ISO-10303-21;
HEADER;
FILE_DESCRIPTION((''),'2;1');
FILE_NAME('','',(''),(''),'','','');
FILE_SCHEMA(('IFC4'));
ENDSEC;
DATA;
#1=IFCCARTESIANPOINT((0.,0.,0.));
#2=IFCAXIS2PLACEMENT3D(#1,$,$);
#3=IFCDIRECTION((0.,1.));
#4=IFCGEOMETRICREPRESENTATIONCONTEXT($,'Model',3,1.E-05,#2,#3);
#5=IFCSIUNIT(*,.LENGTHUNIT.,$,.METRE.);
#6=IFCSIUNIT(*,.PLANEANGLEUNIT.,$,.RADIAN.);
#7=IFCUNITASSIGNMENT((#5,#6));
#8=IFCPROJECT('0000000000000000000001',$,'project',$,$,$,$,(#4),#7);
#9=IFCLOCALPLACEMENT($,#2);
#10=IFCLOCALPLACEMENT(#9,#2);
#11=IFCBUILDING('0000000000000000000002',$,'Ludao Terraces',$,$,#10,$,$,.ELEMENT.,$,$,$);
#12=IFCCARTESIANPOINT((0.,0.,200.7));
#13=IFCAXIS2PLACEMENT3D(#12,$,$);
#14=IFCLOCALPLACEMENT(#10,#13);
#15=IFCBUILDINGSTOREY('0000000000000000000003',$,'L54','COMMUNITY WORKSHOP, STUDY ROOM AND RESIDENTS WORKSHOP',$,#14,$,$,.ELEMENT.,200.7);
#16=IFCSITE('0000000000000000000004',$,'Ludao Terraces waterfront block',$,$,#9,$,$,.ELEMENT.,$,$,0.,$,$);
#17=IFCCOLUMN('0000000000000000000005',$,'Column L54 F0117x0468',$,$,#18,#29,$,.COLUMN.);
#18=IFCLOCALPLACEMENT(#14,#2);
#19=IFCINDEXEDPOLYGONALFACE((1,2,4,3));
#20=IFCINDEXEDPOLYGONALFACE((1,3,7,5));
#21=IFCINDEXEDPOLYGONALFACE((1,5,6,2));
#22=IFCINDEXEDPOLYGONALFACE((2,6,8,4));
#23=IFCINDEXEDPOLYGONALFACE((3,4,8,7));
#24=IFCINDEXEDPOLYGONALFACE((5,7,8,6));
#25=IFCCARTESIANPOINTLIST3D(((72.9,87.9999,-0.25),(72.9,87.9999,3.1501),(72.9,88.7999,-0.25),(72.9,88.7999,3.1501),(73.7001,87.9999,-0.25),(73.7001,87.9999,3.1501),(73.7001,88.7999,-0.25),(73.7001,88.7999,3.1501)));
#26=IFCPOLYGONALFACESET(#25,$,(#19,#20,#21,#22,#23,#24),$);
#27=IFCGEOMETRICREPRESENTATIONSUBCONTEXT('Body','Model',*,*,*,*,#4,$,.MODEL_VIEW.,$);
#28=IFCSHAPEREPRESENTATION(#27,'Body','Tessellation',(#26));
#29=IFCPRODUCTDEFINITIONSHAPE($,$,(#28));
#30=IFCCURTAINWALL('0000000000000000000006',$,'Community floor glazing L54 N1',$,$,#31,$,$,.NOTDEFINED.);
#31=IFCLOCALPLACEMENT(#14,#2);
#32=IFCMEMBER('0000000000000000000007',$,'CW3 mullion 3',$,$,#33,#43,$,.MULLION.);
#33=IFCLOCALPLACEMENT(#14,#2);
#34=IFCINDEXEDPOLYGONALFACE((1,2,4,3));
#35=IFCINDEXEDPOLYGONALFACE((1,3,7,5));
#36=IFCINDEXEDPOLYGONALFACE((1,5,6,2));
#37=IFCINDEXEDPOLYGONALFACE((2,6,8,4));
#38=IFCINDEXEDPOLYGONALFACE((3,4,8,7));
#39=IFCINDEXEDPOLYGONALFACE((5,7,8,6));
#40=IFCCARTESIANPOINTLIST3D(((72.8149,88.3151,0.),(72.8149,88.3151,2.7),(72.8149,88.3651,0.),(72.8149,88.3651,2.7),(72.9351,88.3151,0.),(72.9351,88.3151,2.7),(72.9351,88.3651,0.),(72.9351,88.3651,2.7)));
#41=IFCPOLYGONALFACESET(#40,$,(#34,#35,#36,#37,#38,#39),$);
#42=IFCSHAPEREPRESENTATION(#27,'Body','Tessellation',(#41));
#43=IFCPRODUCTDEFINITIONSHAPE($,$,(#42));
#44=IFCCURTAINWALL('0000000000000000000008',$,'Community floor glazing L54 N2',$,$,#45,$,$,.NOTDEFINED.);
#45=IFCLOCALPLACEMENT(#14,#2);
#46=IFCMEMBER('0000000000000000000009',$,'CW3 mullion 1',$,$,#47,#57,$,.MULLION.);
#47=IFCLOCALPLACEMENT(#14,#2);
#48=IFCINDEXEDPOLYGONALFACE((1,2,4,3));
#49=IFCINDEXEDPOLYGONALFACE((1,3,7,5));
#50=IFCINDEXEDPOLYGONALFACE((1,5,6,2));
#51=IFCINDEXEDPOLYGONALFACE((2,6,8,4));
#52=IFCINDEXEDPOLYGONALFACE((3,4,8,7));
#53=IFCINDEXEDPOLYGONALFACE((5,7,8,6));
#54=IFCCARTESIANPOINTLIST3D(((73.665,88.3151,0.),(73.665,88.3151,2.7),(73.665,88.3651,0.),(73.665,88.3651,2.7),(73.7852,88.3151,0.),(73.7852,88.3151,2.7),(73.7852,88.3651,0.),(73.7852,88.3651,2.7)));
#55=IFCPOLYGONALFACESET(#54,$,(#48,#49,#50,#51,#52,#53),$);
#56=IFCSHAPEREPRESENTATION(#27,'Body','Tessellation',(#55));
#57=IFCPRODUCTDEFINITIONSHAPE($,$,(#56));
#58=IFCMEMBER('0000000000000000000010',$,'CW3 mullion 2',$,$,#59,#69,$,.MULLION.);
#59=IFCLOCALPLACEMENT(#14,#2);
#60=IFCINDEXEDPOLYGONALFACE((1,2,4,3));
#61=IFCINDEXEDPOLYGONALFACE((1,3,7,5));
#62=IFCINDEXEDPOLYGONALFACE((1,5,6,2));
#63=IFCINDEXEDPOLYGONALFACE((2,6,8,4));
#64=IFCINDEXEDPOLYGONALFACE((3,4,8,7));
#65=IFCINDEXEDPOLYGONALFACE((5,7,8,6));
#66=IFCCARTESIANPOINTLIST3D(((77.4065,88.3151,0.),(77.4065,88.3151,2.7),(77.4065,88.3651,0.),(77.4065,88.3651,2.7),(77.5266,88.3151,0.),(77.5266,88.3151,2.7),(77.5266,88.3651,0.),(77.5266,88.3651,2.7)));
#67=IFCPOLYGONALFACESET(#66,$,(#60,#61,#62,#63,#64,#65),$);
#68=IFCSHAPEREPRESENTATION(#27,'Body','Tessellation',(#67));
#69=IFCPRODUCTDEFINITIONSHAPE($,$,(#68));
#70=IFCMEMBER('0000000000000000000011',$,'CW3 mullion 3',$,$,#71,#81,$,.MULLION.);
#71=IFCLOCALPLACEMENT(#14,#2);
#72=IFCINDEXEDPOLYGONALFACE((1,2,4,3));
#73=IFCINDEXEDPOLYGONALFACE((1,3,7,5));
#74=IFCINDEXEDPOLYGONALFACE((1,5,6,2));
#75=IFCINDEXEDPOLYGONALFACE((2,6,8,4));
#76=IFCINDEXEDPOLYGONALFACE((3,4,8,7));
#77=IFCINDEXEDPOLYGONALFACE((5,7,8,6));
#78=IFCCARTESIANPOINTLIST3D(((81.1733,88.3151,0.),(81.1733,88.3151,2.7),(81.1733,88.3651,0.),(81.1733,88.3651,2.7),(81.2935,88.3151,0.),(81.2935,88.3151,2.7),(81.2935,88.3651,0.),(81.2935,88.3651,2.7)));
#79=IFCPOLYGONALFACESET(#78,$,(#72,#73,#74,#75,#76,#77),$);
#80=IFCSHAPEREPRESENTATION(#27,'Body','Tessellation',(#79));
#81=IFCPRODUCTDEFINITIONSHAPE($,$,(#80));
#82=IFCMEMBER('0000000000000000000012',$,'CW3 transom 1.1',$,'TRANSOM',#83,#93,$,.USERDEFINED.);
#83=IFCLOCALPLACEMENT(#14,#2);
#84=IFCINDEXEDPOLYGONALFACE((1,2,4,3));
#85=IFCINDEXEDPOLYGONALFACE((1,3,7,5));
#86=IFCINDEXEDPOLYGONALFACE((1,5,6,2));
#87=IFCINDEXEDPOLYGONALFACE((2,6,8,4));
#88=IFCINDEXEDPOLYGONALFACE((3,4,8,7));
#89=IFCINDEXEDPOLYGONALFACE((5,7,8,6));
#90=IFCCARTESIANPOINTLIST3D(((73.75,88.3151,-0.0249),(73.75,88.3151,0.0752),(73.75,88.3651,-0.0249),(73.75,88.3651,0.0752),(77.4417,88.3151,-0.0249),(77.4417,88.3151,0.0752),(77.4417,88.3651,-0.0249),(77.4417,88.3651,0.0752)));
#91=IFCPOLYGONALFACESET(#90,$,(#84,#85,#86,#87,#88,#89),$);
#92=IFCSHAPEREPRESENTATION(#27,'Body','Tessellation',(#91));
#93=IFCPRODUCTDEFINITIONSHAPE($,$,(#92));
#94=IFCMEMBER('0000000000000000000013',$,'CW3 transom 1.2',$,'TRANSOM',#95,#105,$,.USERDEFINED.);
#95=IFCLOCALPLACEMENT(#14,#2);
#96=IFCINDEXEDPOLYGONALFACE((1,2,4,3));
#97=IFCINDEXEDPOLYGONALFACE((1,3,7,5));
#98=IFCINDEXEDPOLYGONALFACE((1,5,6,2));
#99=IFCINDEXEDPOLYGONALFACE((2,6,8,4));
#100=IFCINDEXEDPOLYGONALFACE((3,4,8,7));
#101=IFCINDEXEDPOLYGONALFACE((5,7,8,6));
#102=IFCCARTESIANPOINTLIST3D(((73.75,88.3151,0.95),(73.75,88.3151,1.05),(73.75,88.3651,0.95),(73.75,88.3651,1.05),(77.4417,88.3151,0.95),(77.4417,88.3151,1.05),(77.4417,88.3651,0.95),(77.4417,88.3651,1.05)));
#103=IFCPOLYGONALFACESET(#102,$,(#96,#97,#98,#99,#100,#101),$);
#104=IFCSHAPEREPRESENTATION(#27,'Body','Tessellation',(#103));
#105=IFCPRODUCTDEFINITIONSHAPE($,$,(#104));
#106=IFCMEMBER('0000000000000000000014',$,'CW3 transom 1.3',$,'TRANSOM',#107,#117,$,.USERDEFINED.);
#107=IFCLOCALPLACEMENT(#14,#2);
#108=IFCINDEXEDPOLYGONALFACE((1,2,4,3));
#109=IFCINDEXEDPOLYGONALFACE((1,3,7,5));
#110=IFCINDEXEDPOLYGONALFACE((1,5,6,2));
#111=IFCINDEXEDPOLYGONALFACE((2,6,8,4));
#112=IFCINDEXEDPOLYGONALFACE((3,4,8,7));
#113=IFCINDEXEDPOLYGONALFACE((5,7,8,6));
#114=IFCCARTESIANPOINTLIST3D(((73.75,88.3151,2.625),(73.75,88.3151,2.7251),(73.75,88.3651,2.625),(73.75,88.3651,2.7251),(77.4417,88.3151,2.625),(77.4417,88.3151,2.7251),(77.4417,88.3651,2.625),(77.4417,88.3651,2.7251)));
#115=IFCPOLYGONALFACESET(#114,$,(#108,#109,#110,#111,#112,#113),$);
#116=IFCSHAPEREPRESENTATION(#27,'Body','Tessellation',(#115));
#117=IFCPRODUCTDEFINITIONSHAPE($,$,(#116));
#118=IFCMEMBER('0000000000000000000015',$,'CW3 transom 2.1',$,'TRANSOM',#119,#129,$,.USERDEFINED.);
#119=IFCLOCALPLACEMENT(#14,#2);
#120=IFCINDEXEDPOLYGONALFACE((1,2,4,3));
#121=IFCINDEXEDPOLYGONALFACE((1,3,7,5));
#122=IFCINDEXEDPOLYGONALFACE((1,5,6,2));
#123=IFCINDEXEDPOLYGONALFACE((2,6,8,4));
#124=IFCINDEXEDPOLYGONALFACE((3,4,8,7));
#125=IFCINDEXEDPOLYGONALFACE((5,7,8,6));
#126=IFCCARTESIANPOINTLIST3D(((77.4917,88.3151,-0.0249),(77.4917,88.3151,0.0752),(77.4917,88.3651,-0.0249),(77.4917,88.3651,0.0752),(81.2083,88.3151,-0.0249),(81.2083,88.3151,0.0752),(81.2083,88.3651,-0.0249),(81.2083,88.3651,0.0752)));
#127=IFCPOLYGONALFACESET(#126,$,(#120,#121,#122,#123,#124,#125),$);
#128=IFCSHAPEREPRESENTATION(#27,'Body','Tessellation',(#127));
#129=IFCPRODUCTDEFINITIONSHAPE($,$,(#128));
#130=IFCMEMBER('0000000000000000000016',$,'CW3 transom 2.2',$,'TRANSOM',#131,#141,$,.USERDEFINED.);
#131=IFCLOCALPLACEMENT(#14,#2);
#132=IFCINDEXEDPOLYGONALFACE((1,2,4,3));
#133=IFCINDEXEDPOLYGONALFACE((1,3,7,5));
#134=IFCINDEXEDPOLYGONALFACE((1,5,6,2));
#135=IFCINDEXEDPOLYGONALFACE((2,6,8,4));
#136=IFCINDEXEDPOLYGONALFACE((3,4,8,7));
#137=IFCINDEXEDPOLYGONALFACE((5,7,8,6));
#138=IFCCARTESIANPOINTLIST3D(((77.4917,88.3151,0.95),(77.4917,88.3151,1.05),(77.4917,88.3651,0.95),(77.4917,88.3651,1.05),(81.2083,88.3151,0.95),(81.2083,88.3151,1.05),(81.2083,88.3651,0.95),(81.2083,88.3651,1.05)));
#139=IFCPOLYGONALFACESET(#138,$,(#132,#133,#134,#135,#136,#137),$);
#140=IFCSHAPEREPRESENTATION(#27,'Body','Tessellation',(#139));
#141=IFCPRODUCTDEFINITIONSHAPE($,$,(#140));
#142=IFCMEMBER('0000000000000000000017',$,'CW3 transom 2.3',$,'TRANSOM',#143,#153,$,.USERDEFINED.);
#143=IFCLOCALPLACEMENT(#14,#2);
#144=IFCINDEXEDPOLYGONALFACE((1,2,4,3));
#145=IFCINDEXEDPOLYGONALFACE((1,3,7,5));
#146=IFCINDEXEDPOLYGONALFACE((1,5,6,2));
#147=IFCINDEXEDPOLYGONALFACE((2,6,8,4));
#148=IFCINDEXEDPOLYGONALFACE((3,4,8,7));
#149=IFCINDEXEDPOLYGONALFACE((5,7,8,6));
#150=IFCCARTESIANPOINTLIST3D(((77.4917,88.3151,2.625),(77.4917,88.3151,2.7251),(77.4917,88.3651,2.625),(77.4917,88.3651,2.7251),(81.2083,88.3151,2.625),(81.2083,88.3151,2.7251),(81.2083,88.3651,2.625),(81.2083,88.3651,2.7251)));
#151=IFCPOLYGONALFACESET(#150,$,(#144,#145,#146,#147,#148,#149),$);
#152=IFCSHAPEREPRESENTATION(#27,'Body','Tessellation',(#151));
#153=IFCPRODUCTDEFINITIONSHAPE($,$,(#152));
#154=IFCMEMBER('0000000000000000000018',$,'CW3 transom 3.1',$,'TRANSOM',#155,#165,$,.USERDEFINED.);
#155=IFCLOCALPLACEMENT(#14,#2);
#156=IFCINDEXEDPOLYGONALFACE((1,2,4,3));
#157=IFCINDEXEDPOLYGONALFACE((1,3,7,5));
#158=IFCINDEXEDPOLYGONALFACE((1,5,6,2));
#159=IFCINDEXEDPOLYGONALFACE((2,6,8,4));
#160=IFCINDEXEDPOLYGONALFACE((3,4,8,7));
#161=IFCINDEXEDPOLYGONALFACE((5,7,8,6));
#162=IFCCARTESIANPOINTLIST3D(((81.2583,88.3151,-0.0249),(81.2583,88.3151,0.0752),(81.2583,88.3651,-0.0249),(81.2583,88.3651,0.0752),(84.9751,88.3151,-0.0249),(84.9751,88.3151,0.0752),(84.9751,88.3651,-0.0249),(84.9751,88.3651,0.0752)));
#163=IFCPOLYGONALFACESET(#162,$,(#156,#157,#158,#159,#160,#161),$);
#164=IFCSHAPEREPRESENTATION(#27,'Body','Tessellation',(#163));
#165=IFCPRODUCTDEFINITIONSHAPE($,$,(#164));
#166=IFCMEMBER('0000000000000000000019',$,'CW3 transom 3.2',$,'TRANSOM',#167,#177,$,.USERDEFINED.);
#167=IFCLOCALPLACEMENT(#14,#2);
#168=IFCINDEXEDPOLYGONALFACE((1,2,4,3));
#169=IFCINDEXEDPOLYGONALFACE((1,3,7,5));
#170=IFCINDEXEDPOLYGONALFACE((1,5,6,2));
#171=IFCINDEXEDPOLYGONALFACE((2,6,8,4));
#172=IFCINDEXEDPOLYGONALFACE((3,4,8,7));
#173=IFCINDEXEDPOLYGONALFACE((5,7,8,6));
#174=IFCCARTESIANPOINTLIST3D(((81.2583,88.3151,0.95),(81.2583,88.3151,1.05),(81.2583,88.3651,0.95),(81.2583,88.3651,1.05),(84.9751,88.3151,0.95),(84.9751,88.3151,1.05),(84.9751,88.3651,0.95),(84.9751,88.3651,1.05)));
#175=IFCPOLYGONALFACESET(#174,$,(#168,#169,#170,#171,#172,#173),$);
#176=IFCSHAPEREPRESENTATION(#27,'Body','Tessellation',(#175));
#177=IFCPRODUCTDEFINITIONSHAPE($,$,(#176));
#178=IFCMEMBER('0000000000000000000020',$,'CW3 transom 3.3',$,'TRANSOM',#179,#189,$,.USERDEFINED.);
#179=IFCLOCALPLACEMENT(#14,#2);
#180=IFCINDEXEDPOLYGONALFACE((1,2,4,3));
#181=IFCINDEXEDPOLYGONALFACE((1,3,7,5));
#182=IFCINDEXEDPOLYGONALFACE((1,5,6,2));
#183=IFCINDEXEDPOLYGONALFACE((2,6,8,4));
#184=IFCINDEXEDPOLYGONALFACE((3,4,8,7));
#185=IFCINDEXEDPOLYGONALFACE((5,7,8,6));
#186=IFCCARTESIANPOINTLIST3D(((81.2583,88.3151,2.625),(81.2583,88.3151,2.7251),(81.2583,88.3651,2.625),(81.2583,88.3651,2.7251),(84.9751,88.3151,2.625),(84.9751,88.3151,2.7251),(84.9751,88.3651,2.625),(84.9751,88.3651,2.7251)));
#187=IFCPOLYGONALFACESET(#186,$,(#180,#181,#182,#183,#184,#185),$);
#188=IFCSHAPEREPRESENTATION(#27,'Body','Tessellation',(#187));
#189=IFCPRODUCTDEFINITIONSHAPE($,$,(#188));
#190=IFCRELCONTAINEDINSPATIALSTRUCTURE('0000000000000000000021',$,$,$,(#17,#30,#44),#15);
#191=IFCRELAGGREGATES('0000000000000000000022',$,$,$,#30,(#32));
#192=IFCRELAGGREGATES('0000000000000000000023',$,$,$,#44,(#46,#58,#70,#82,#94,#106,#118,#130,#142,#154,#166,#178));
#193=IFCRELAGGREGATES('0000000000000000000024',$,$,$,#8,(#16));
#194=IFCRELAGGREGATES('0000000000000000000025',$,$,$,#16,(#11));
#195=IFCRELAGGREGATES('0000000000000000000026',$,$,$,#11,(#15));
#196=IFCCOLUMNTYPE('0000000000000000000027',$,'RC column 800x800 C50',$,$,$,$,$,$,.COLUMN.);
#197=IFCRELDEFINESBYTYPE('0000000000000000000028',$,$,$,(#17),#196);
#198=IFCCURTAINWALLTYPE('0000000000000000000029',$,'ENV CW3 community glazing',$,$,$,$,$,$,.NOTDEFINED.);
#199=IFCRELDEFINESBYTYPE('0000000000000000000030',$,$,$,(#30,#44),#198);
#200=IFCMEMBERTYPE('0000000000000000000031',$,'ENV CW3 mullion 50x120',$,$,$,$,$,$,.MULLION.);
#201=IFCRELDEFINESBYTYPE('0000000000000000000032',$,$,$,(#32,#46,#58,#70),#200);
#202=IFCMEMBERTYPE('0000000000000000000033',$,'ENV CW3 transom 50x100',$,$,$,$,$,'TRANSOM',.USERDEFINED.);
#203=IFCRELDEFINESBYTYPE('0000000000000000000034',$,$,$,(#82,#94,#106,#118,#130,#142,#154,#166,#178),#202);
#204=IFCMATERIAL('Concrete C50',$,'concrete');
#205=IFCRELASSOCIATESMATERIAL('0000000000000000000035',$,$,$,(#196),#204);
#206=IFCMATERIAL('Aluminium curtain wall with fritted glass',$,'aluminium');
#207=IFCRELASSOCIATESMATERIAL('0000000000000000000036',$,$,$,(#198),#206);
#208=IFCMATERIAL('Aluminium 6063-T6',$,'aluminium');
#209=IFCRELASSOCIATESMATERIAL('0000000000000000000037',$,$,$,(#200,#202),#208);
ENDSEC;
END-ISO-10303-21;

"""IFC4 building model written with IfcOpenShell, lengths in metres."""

from ifc_helpers import new_model, si_unit, direction, frame, origin, origin_2d, place, context, subcontext, project, spatial, rectangle, extrude, material, material_profile, profile_set, type_object, element, aggregate, save


model = new_model("IFC4")

# Units and contexts
model_context = context("Model", 3, precision=1e-05, world=origin(), true_north=direction((0.0, 1.0)))
body_context = subcontext(model_context, "Body", "Model", "MODEL_VIEW")
ifc_project = project(units=[si_unit("LENGTHUNIT", "METRE"), si_unit("PLANEANGLEUNIT", "RADIAN")], contexts=[model_context])

# Site, building, storey
site_placement = place(None, origin())
site = spatial("IfcSite", under=ifc_project, at=site_placement, Name="Ludao Terraces waterfront block", CompositionType="ELEMENT", RefElevation=0.0)
building_placement = place(site_placement, origin())
building = spatial("IfcBuilding", under=site, at=building_placement, Name="Ludao Terraces", CompositionType="ELEMENT")
storey_placement = place(building_placement, frame((0.0, 0.0, 200.7)))
storey = spatial("IfcBuildingStorey", under=building, at=storey_placement, Name="L54", Description="COMMUNITY WORKSHOP, STUDY ROOM AND RESIDENTS WORKSHOP", CompositionType="ELEMENT", Elevation=200.7)

# Column
ifc_material_1 = material(Name="Concrete C50", Category="concrete")
ifc_material_profile_1 = material_profile(ifc_material_1, rectangle(XDim=0.8, YDim=0.8, at=origin_2d()), Name="800 X 800")
ifc_profile_set_1 = profile_set([ifc_material_profile_1], Name="Concrete C50")
column_type = type_object("IfcColumnType", Name="RC column 800x800 C50", PredefinedType="COLUMN", material=ifc_profile_set_1)
column_placement = place(storey_placement, frame((73.3, 88.3999, -0.25), z_axis=(0.0, 0.0, 1.0), x_axis=(1.0, 0.0, 0.0)))
element("IfcColumn", 1, at=column_placement, inside=storey, type_object=column_type, Name="Column L54 F0117x0468", PredefinedType="COLUMN", context=body_context, shape_type="SweptSolid", body=[
    extrude(rectangle(XDim=0.8, YDim=0.8, at=origin_2d()), origin(), (0.0, 0.0, 1.0), 3.4001),
])

# Curtain wall, member
ifc_material_2 = material(Name="Aluminium curtain wall with fritted glass", Category="aluminium")
curtain_wall_type = type_object("IfcCurtainWallType", Name="ENV CW3 community glazing", PredefinedType="NOTDEFINED", material=ifc_material_2)
curtain_wall_1_placement = place(storey_placement, origin())
curtain_wall_1 = element("IfcCurtainWall", 2, at=curtain_wall_1_placement, inside=storey, type_object=curtain_wall_type, Name="Community floor glazing L54 N1", PredefinedType="NOTDEFINED")
ifc_material_3 = material(Name="Aluminium 6063-T6", Category="aluminium")
ifc_material_profile_2 = material_profile(ifc_material_3, rectangle(XDim=0.05, YDim=0.1201, at=origin_2d()), Name="50 X 120")
ifc_profile_set_2 = profile_set([ifc_material_profile_2], Name="Aluminium 6063-T6")
member_type_1 = type_object("IfcMemberType", Name="ENV CW3 mullion 50x120", PredefinedType="MULLION", material=ifc_profile_set_2)
member_1_placement = place(storey_placement, frame((72.875, 88.3401, 0.0), z_axis=(0.0, 0.0, 1.0), x_axis=(0.0, 1.0, 0.0)))
member_1 = element("IfcMember", 3, at=member_1_placement, type_object=member_type_1, Name="CW3 mullion 3", PredefinedType="MULLION", context=body_context, shape_type="SweptSolid", body=[
    extrude(rectangle(XDim=0.05, YDim=0.1201, at=origin_2d()), origin(), (0.0, 0.0, 1.0), 2.7),
])
aggregate(curtain_wall_1, [member_1])

# Curtain wall, members
curtain_wall_2_placement = place(storey_placement, origin())
curtain_wall_2 = element("IfcCurtainWall", 4, at=curtain_wall_2_placement, inside=storey, type_object=curtain_wall_type, Name="Community floor glazing L54 N2", PredefinedType="NOTDEFINED")
member_2_placement = place(storey_placement, frame((73.7251, 88.3401, 0.0), z_axis=(0.0, 0.0, 1.0), x_axis=(0.0, 1.0, 0.0)))
member_2 = element("IfcMember", 5, at=member_2_placement, type_object=member_type_1, Name="CW3 mullion 1", PredefinedType="MULLION", context=body_context, shape_type="SweptSolid", body=[
    extrude(rectangle(XDim=0.05, YDim=0.1201, at=origin_2d()), origin(), (0.0, 0.0, 1.0), 2.7),
])
member_3_placement = place(storey_placement, frame((77.4666, 88.3401, 0.0), z_axis=(0.0, 0.0, 1.0), x_axis=(0.0, 1.0, 0.0)))
member_3 = element("IfcMember", 6, at=member_3_placement, type_object=member_type_1, Name="CW3 mullion 2", PredefinedType="MULLION", context=body_context, shape_type="SweptSolid", body=[
    extrude(rectangle(XDim=0.05, YDim=0.1201, at=origin_2d()), origin(), (0.0, 0.0, 1.0), 2.7),
])
member_4_placement = place(storey_placement, frame((81.2334, 88.3401, 0.0), z_axis=(0.0, 0.0, 1.0), x_axis=(0.0, 1.0, 0.0)))
member_4 = element("IfcMember", 7, at=member_4_placement, type_object=member_type_1, Name="CW3 mullion 3", PredefinedType="MULLION", context=body_context, shape_type="SweptSolid", body=[
    extrude(rectangle(XDim=0.05, YDim=0.1201, at=origin_2d()), origin(), (0.0, 0.0, 1.0), 2.7),
])
ifc_material_profile_3 = material_profile(ifc_material_3, rectangle(XDim=0.05, YDim=0.1001, at=origin_2d()), Name="50 X 100")
ifc_profile_set_3 = profile_set([ifc_material_profile_3], Name="Aluminium 6063-T6")
member_type_2 = type_object("IfcMemberType", Name="ENV CW3 transom 50x100", ElementType="TRANSOM", PredefinedType="USERDEFINED", material=ifc_profile_set_3)
member_5_placement = place(storey_placement, frame((73.75, 88.3401, 0.0251), z_axis=(1.0, 0.0, 0.0), x_axis=(0.0, 1.0, 0.0)))
member_5 = element("IfcMember", 8, at=member_5_placement, type_object=member_type_2, Name="CW3 transom 1.1", ObjectType="TRANSOM", PredefinedType="USERDEFINED", context=body_context, shape_type="SweptSolid", body=[
    extrude(rectangle(XDim=0.05, YDim=0.1001, at=origin_2d()), origin(), (0.0, 0.0, 1.0), 3.6917),
])
member_6_placement = place(storey_placement, frame((73.75, 88.3401, 1.0), z_axis=(1.0, 0.0, 0.0), x_axis=(0.0, 1.0, 0.0)))
member_6 = element("IfcMember", 9, at=member_6_placement, type_object=member_type_2, Name="CW3 transom 1.2", ObjectType="TRANSOM", PredefinedType="USERDEFINED", context=body_context, shape_type="SweptSolid", body=[
    extrude(rectangle(XDim=0.05, YDim=0.1001, at=origin_2d()), origin(), (0.0, 0.0, 1.0), 3.6917),
])
member_7_placement = place(storey_placement, frame((73.75, 88.3401, 2.675), z_axis=(1.0, 0.0, 0.0), x_axis=(0.0, 1.0, 0.0)))
member_7 = element("IfcMember", 10, at=member_7_placement, type_object=member_type_2, Name="CW3 transom 1.3", ObjectType="TRANSOM", PredefinedType="USERDEFINED", context=body_context, shape_type="SweptSolid", body=[
    extrude(rectangle(XDim=0.05, YDim=0.1001, at=origin_2d()), origin(), (0.0, 0.0, 1.0), 3.6917),
])
member_8_placement = place(storey_placement, frame((77.4917, 88.3401, 0.0251), z_axis=(1.0, 0.0, 0.0), x_axis=(0.0, 1.0, 0.0)))
member_8 = element("IfcMember", 11, at=member_8_placement, type_object=member_type_2, Name="CW3 transom 2.1", ObjectType="TRANSOM", PredefinedType="USERDEFINED", context=body_context, shape_type="SweptSolid", body=[
    extrude(rectangle(XDim=0.05, YDim=0.1001, at=origin_2d()), origin(), (0.0, 0.0, 1.0), 3.7166),
])
member_9_placement = place(storey_placement, frame((77.4917, 88.3401, 1.0), z_axis=(1.0, 0.0, 0.0), x_axis=(0.0, 1.0, 0.0)))
member_9 = element("IfcMember", 12, at=member_9_placement, type_object=member_type_2, Name="CW3 transom 2.2", ObjectType="TRANSOM", PredefinedType="USERDEFINED", context=body_context, shape_type="SweptSolid", body=[
    extrude(rectangle(XDim=0.05, YDim=0.1001, at=origin_2d()), origin(), (0.0, 0.0, 1.0), 3.7166),
])
member_10_placement = place(storey_placement, frame((77.4917, 88.3401, 2.675), z_axis=(1.0, 0.0, 0.0), x_axis=(0.0, 1.0, 0.0)))
member_10 = element("IfcMember", 13, at=member_10_placement, type_object=member_type_2, Name="CW3 transom 2.3", ObjectType="TRANSOM", PredefinedType="USERDEFINED", context=body_context, shape_type="SweptSolid", body=[
    extrude(rectangle(XDim=0.05, YDim=0.1001, at=origin_2d()), origin(), (0.0, 0.0, 1.0), 3.7166),
])
member_11_placement = place(storey_placement, frame((81.2583, 88.3401, 0.0251), z_axis=(1.0, 0.0, 0.0), x_axis=(0.0, 1.0, 0.0)))
member_11 = element("IfcMember", 14, at=member_11_placement, type_object=member_type_2, Name="CW3 transom 3.1", ObjectType="TRANSOM", PredefinedType="USERDEFINED", context=body_context, shape_type="SweptSolid", body=[
    extrude(rectangle(XDim=0.05, YDim=0.1001, at=origin_2d()), origin(), (0.0, 0.0, 1.0), 3.7168),
])
member_12_placement = place(storey_placement, frame((81.2583, 88.3401, 1.0), z_axis=(1.0, 0.0, 0.0), x_axis=(0.0, 1.0, 0.0)))
member_12 = element("IfcMember", 15, at=member_12_placement, type_object=member_type_2, Name="CW3 transom 3.2", ObjectType="TRANSOM", PredefinedType="USERDEFINED", context=body_context, shape_type="SweptSolid", body=[
    extrude(rectangle(XDim=0.05, YDim=0.1001, at=origin_2d()), origin(), (0.0, 0.0, 1.0), 3.7168),
])
member_13_placement = place(storey_placement, frame((81.2583, 88.3401, 2.675), z_axis=(1.0, 0.0, 0.0), x_axis=(0.0, 1.0, 0.0)))
member_13 = element("IfcMember", 16, at=member_13_placement, type_object=member_type_2, Name="CW3 transom 3.3", ObjectType="TRANSOM", PredefinedType="USERDEFINED", context=body_context, shape_type="SweptSolid", body=[
    extrude(rectangle(XDim=0.05, YDim=0.1001, at=origin_2d()), origin(), (0.0, 0.0, 1.0), 3.7168),
])
aggregate(curtain_wall_2, [member_2, member_3, member_4, member_5, member_6, member_7, member_8, member_9, member_10, member_11, member_12, member_13])

save(model, "model.ifc")
